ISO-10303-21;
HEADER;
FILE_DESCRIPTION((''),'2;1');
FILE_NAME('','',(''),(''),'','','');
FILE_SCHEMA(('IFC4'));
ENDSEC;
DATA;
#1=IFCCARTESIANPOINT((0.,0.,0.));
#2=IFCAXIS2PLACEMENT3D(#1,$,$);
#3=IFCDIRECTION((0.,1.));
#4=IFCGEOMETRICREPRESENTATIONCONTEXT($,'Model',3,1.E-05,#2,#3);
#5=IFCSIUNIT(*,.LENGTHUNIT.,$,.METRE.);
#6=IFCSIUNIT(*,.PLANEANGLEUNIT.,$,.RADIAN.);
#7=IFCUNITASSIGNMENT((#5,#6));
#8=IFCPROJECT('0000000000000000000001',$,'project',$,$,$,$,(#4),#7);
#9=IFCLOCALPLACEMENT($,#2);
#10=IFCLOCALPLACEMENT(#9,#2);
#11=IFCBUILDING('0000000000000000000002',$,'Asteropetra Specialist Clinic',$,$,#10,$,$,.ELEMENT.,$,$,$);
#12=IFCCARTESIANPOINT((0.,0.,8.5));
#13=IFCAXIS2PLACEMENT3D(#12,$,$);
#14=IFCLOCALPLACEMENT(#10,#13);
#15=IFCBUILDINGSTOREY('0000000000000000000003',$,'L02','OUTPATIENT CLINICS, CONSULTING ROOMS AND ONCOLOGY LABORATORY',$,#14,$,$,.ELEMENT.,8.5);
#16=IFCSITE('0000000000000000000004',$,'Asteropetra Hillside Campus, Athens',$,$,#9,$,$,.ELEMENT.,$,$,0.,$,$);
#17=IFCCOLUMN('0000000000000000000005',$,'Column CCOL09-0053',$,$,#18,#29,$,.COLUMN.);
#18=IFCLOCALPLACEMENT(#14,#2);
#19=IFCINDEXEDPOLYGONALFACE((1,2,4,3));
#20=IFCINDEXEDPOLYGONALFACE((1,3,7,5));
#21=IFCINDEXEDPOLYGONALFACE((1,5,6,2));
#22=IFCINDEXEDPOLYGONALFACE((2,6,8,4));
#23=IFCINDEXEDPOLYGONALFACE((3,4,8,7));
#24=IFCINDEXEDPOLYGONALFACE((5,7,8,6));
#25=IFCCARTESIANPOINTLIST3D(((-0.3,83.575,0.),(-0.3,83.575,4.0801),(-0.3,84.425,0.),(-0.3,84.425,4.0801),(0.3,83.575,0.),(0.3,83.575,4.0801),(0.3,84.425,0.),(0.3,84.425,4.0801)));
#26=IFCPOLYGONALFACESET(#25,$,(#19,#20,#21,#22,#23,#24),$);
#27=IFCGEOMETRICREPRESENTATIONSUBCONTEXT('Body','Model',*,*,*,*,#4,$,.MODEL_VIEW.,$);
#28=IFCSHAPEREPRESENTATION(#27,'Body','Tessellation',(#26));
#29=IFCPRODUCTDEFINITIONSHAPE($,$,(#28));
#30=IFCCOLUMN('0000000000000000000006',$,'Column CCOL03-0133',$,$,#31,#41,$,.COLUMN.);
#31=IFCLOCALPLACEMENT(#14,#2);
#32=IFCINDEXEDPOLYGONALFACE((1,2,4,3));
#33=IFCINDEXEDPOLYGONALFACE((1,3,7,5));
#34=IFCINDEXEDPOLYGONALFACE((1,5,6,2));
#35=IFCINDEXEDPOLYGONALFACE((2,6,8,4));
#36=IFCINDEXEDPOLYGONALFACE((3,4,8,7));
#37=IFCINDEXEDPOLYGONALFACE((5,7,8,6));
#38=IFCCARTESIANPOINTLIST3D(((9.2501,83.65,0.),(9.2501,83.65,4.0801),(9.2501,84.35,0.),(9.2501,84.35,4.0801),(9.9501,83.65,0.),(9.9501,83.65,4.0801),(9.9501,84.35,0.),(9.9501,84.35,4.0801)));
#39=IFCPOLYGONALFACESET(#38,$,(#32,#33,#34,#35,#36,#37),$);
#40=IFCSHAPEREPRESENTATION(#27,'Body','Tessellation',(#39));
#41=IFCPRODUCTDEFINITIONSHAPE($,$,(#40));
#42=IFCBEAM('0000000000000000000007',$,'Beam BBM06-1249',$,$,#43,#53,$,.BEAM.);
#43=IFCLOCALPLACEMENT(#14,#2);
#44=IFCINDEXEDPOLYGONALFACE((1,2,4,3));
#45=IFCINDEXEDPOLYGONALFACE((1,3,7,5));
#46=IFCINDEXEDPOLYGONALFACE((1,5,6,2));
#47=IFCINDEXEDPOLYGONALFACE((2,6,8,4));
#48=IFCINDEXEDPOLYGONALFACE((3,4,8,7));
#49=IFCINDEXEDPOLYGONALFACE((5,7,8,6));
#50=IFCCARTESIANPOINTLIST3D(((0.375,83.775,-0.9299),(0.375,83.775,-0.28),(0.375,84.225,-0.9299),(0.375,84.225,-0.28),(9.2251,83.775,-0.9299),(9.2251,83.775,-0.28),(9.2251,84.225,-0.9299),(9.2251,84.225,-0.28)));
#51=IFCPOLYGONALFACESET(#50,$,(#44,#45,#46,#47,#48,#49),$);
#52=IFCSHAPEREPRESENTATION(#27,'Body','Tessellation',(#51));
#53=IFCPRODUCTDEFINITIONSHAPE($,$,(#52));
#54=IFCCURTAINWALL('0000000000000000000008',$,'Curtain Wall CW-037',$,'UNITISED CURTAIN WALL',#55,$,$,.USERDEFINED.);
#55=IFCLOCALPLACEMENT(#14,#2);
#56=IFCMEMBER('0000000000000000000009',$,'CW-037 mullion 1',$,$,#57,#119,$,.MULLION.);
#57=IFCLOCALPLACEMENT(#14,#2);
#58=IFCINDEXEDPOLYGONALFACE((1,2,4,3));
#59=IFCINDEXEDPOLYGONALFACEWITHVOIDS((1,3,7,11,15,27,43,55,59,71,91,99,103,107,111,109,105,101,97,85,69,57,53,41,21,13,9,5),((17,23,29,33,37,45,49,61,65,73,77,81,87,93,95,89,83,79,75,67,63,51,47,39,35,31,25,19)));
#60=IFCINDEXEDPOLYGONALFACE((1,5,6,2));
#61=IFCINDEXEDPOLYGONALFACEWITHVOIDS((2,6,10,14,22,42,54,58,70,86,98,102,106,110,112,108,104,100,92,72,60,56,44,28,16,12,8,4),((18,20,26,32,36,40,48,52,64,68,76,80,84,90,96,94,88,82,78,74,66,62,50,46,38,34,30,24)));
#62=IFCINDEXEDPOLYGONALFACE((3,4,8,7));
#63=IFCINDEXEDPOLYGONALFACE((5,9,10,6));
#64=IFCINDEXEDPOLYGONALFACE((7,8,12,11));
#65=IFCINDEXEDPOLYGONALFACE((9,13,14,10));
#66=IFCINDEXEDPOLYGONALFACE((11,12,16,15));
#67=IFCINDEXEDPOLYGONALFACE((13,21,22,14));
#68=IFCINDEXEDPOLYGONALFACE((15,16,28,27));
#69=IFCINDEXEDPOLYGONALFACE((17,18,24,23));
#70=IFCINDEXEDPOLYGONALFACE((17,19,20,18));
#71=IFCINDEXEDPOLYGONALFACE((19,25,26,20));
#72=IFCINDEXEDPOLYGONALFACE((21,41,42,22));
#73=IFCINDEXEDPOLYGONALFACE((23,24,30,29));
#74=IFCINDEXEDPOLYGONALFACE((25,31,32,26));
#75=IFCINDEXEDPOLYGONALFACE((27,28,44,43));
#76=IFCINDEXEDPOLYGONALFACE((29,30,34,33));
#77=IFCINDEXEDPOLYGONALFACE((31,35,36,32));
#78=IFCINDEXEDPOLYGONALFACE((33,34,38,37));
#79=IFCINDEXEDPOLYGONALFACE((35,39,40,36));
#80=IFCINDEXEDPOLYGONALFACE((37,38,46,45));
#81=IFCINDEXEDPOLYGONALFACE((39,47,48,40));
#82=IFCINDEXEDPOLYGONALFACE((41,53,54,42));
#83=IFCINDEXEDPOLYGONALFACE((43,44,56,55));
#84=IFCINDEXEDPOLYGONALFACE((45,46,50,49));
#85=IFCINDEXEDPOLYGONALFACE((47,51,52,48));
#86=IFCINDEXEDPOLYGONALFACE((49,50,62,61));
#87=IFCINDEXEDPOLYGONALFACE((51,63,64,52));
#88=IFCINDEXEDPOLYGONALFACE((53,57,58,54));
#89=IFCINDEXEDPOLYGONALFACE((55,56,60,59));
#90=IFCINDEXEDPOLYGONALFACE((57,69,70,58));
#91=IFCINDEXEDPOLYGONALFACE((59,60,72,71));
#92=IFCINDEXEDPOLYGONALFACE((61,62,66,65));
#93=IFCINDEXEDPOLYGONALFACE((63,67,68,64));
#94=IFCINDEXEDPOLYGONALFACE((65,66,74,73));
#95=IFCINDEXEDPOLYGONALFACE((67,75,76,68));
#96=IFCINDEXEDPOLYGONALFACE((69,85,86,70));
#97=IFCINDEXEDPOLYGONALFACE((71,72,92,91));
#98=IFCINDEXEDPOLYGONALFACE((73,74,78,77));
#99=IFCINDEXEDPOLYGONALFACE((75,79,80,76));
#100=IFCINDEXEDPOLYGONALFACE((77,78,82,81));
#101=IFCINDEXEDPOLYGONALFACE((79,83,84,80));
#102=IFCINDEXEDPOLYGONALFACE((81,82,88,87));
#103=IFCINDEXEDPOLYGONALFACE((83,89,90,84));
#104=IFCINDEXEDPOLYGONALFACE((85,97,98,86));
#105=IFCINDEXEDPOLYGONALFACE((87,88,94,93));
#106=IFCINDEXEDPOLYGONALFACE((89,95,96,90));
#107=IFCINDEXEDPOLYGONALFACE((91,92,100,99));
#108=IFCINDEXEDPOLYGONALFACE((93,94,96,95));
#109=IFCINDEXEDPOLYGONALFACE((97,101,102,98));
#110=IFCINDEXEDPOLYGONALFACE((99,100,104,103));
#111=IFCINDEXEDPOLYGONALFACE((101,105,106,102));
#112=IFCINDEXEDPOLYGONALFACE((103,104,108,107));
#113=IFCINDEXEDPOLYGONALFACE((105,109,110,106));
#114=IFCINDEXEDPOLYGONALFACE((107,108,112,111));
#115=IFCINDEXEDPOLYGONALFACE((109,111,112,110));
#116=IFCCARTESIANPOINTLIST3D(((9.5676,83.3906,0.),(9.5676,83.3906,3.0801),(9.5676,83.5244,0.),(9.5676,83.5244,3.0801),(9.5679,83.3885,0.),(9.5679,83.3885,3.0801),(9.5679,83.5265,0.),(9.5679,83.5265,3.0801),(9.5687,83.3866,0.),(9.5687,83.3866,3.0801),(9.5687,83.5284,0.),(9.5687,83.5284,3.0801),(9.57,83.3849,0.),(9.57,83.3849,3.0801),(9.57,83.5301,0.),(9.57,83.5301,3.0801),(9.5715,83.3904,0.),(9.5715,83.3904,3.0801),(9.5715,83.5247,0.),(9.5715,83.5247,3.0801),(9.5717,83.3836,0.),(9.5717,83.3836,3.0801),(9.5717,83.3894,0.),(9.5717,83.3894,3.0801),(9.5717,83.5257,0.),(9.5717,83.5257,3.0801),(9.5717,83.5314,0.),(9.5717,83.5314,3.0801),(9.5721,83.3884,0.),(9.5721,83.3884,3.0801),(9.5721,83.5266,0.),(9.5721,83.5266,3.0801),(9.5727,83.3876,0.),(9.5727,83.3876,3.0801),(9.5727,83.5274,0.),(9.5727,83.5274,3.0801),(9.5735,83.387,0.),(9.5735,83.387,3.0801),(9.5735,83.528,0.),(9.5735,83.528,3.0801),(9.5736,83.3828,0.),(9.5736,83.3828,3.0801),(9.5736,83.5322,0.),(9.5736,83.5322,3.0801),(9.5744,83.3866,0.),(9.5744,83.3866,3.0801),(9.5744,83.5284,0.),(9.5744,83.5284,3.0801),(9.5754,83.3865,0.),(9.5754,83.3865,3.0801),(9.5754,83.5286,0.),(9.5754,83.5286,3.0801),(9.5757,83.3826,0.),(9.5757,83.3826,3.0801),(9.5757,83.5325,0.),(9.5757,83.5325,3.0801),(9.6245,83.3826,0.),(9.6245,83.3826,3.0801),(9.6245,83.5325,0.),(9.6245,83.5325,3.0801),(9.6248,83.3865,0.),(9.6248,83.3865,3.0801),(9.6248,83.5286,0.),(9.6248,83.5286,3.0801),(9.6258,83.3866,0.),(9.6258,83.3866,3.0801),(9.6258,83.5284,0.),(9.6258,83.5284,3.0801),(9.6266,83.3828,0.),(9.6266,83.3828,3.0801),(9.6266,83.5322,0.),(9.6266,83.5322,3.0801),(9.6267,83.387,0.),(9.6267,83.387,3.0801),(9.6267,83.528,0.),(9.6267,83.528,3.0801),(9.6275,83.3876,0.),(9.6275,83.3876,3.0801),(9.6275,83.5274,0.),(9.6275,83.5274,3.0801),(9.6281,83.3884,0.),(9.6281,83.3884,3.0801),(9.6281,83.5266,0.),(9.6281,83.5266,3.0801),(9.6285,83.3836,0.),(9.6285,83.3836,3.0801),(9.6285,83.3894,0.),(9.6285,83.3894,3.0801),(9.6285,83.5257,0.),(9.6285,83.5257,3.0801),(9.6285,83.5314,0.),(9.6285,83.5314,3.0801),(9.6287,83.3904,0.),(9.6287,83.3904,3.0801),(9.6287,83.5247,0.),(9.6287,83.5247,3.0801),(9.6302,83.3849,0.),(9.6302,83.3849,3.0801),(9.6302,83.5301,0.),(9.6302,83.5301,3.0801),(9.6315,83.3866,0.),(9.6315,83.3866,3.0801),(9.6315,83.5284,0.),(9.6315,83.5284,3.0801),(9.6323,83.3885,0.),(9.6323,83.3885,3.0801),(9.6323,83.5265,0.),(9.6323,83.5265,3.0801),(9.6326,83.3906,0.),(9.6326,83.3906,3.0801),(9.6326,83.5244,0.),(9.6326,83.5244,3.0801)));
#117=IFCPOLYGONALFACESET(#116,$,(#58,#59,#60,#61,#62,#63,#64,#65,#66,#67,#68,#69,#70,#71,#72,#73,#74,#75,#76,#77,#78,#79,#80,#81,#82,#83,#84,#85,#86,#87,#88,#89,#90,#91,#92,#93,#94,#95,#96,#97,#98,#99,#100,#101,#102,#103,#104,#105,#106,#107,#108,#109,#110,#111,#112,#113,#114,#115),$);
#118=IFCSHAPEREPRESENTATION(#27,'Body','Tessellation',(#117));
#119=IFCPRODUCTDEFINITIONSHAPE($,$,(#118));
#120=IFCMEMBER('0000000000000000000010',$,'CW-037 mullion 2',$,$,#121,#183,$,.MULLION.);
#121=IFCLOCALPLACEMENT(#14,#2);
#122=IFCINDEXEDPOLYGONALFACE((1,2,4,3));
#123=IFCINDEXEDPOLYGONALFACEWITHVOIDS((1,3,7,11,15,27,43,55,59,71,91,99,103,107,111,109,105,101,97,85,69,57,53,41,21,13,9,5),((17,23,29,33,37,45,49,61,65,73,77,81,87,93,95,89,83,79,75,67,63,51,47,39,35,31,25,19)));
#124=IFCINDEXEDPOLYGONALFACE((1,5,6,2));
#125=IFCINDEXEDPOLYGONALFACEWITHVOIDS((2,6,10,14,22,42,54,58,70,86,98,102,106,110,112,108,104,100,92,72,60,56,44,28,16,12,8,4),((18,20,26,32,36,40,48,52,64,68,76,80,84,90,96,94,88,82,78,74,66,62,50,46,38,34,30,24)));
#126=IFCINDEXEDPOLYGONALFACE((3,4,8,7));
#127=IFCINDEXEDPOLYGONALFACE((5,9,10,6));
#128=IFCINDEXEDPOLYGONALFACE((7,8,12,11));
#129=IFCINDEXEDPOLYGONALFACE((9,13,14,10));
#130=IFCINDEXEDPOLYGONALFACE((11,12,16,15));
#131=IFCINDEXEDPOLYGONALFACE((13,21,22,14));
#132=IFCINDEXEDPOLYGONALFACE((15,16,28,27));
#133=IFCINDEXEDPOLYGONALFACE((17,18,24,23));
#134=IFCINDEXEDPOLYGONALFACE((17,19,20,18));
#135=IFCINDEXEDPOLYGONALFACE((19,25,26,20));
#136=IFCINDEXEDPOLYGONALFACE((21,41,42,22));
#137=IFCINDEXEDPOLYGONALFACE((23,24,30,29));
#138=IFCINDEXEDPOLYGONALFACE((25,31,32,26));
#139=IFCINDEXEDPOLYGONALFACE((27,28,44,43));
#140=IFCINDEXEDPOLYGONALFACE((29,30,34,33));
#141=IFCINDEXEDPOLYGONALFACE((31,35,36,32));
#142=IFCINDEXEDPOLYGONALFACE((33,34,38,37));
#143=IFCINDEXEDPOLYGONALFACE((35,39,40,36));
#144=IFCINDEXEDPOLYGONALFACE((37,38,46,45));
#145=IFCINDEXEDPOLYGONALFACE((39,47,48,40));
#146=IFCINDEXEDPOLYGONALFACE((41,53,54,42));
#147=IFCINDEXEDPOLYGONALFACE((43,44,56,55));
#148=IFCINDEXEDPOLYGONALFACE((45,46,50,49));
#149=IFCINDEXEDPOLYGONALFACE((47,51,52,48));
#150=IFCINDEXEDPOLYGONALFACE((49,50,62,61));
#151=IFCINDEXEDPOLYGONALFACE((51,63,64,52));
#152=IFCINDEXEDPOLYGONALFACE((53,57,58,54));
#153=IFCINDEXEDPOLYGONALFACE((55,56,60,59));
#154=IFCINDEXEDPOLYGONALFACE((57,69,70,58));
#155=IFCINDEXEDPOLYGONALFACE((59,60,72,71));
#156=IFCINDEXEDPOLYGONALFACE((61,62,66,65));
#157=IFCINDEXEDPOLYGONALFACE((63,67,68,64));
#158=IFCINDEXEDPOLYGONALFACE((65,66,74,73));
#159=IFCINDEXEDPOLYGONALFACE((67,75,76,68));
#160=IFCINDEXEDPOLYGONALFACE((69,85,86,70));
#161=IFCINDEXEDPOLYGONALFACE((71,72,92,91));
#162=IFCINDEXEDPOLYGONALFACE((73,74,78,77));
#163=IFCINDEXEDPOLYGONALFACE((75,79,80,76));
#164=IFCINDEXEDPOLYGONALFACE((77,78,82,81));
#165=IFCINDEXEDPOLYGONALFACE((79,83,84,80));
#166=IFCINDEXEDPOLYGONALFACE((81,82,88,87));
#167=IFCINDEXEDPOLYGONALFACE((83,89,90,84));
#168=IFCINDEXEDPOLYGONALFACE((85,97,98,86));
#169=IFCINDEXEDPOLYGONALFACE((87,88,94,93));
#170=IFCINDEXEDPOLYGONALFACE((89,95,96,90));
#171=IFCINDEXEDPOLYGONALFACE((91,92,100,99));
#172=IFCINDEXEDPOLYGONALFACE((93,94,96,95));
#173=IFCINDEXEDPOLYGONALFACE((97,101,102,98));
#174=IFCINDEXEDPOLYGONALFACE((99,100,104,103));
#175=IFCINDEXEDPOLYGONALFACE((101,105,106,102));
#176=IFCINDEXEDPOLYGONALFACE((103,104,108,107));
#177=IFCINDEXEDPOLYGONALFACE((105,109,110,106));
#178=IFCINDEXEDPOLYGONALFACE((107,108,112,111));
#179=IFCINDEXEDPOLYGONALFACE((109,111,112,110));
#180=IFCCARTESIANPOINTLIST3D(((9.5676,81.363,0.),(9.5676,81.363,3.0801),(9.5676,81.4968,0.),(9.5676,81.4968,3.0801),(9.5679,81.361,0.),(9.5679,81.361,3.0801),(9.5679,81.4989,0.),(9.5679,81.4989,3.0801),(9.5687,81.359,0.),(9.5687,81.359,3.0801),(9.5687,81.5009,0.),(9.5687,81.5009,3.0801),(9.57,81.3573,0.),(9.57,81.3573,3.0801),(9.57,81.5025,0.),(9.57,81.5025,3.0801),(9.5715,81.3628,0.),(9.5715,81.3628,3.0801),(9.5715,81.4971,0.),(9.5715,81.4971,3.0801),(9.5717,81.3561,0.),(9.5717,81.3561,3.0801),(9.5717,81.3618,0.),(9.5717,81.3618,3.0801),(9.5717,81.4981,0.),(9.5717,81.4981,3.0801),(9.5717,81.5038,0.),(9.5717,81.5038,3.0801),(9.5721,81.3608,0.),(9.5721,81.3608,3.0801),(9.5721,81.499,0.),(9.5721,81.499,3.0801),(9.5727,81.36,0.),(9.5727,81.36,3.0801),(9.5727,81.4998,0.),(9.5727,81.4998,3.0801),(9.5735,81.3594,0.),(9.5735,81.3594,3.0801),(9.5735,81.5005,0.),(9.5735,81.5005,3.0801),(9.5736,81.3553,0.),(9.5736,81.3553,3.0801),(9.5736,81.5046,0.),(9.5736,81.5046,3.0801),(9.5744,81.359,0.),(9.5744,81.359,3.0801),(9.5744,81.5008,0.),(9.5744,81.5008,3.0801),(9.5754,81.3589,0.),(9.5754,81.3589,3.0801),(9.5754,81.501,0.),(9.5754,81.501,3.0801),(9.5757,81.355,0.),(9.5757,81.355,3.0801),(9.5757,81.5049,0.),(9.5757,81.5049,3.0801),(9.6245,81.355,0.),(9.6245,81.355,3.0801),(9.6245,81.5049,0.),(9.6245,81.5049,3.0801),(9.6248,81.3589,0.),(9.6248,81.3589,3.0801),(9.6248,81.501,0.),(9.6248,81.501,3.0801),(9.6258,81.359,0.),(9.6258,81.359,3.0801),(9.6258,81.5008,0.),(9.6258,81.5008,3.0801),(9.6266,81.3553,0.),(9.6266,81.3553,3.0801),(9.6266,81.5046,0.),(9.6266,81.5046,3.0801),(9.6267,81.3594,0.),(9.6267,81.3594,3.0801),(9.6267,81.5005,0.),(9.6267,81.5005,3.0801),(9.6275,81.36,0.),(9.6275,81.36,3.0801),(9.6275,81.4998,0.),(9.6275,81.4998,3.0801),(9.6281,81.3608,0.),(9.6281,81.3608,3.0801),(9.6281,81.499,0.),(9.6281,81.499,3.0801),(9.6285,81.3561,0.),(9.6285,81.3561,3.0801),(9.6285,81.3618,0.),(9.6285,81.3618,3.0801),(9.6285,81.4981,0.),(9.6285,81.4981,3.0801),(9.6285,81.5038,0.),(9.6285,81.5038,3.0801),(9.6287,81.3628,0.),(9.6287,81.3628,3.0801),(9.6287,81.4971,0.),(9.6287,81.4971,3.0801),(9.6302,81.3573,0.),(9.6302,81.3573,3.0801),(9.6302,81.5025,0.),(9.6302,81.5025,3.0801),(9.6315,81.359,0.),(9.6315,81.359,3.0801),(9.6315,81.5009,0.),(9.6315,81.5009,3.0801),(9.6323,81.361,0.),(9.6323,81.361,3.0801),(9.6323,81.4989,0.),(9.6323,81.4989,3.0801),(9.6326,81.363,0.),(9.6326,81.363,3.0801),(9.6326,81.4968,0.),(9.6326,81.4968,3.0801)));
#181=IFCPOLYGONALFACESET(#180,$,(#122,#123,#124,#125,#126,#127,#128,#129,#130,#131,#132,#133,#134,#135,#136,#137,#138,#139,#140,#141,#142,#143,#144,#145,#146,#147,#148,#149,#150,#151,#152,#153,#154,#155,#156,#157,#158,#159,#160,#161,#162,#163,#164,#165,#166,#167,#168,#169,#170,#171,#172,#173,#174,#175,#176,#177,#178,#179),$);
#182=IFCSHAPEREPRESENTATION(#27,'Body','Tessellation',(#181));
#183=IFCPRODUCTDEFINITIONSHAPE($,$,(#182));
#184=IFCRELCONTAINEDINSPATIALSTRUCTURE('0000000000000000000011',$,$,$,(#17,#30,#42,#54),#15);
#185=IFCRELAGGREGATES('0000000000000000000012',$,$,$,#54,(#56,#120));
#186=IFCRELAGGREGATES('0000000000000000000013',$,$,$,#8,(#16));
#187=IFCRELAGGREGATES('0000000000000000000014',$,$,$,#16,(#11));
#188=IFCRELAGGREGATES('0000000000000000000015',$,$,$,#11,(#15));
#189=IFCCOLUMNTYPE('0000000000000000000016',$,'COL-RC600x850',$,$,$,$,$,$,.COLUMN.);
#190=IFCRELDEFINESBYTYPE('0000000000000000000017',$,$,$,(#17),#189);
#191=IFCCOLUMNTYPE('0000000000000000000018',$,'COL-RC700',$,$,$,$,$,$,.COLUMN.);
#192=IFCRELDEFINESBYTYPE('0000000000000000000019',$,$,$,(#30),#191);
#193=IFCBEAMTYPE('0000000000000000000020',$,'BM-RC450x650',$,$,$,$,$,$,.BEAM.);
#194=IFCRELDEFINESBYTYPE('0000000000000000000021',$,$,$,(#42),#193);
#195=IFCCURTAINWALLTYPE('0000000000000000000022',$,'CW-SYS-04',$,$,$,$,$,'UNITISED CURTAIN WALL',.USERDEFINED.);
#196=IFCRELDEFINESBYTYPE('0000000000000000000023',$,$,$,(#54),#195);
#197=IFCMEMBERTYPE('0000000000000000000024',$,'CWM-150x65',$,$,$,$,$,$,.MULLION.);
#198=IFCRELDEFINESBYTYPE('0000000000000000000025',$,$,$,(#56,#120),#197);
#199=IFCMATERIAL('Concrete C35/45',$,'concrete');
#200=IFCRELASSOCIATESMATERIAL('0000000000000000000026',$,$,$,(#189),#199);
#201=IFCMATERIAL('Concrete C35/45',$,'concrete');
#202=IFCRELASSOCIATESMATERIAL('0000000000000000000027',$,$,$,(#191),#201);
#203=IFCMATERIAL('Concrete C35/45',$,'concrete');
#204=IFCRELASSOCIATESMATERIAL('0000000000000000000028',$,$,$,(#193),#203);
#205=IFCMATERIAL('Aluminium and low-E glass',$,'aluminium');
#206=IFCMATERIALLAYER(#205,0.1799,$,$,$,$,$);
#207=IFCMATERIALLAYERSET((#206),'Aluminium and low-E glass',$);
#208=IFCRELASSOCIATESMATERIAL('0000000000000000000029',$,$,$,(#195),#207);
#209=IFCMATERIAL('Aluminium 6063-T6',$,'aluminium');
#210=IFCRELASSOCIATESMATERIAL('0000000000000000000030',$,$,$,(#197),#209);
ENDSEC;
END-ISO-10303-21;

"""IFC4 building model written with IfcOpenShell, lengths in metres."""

from ifc_helpers import new_model, si_unit, direction, frame, origin, origin_2d, place, context, subcontext, project, spatial, rectangle, hollow_rectangle, extrude, material, layer, layer_set, material_profile, profile_set, type_object, element, aggregate, save


model = new_model("IFC4")

# Units and contexts
model_context = context("Model", 3, precision=1e-05, world=origin(), true_north=direction((0.0, 1.0)))
body_context = subcontext(model_context, "Body", "Model", "MODEL_VIEW")
ifc_project = project(units=[si_unit("LENGTHUNIT", "METRE"), si_unit("PLANEANGLEUNIT", "RADIAN")], contexts=[model_context])

# Site, building, storey
site_placement = place(None, origin())
site = spatial("IfcSite", under=ifc_project, at=site_placement, Name="Asteropetra Hillside Campus, Athens", CompositionType="ELEMENT", RefElevation=0.0)
building_placement = place(site_placement, origin())
building = spatial("IfcBuilding", under=site, at=building_placement, Name="Asteropetra Specialist Clinic", CompositionType="ELEMENT")
storey_placement = place(building_placement, frame((0.0, 0.0, 8.5)))
storey = spatial("IfcBuildingStorey", under=building, at=storey_placement, Name="L02", Description="OUTPATIENT CLINICS, CONSULTING ROOMS AND ONCOLOGY LABORATORY", CompositionType="ELEMENT", Elevation=8.5)

# Columns
ifc_material_1 = material(Name="Concrete C35/45", Category="concrete")
ifc_material_profile_1 = material_profile(ifc_material_1, rectangle(XDim=0.6001, YDim=0.8501, at=origin_2d()), Name="RC 600x850")
ifc_profile_set_1 = profile_set([ifc_material_profile_1], Name="Concrete C35/45")
column_type_1 = type_object("IfcColumnType", Name="COL-RC600x850", PredefinedType="COLUMN", material=ifc_profile_set_1)
column_1_placement = place(storey_placement, frame((0.0, 84.0, 0.0), z_axis=(0.0, 0.0, 1.0), x_axis=(1.0, 0.0, 0.0)))
element("IfcColumn", 1, at=column_1_placement, inside=storey, type_object=column_type_1, Name="Column CCOL09-0053", PredefinedType="COLUMN", context=body_context, shape_type="SweptSolid", body=[
    extrude(rectangle(XDim=0.6001, YDim=0.8501, at=origin_2d()), origin(), (0.0, 0.0, 1.0), 4.0801),
])
ifc_material_2 = material(Name="Concrete C35/45", Category="concrete")
ifc_material_profile_2 = material_profile(ifc_material_2, rectangle(XDim=0.7, YDim=0.7, at=origin_2d()), Name="RC 700x700")
ifc_profile_set_2 = profile_set([ifc_material_profile_2], Name="Concrete C35/45")
column_type_2 = type_object("IfcColumnType", Name="COL-RC700", PredefinedType="COLUMN", material=ifc_profile_set_2)
column_2_placement = place(storey_placement, frame((9.6001, 84.0, 0.0), z_axis=(0.0, 0.0, 1.0), x_axis=(1.0, 0.0, 0.0)))
element("IfcColumn", 2, at=column_2_placement, inside=storey, type_object=column_type_2, Name="Column CCOL03-0133", PredefinedType="COLUMN", context=body_context, shape_type="SweptSolid", body=[
    extrude(rectangle(XDim=0.7, YDim=0.7, at=origin_2d()), origin(), (0.0, 0.0, 1.0), 4.0801),
])

# Beam
ifc_material_3 = material(Name="Concrete C35/45", Category="concrete")
ifc_material_profile_3 = material_profile(ifc_material_3, rectangle(XDim=0.45, YDim=0.6499, at=origin_2d()), Name="RCB 450x650")
ifc_profile_set_3 = profile_set([ifc_material_profile_3], Name="Concrete C35/45")
beam_type_1 = type_object("IfcBeamType", Name="BM-RC450x650", PredefinedType="BEAM", material=ifc_profile_set_3)
beam_1_placement = place(storey_placement, frame((0.375, 84.0, -0.605), z_axis=(1.0, 0.0, 0.0), x_axis=(0.0, 1.0, 0.0)))
element("IfcBeam", 3, at=beam_1_placement, inside=storey, type_object=beam_type_1, Name="Beam BBM06-1249", PredefinedType="BEAM", context=body_context, shape_type="SweptSolid", body=[
    extrude(rectangle(XDim=0.45, YDim=0.6499, at=origin_2d()), origin(), (0.0, 0.0, 1.0), 8.8501),
])

# Curtain wall, members
ifc_material_4 = material(Name="Aluminium and low-E glass", Category="aluminium")
ifc_layer_1 = layer(ifc_material_4, 0.1799)
ifc_layer_set_1 = layer_set([ifc_layer_1], Name="Aluminium and low-E glass")
curtain_wall_type_1 = type_object("IfcCurtainWallType", Name="CW-SYS-04", ElementType="UNITISED CURTAIN WALL", PredefinedType="USERDEFINED", material=ifc_layer_set_1)
curtain_wall_1_placement = place(storey_placement, origin())
curtain_wall_1 = element("IfcCurtainWall", 4, at=curtain_wall_1_placement, inside=storey, type_object=curtain_wall_type_1, Name="Curtain Wall CW-037", ObjectType="UNITISED CURTAIN WALL", PredefinedType="USERDEFINED")
ifc_material_5 = material(Name="Aluminium 6063-T6", Category="aluminium")
ifc_material_profile_4 = material_profile(ifc_material_5, hollow_rectangle(XDim=0.0649, YDim=0.1499, WallThickness=0.0039, InnerFilletRadius=0.0039, OuterFilletRadius=0.0081, at=origin_2d()), Name="MUL 150x65x4.0")
ifc_profile_set_4 = profile_set([ifc_material_profile_4], Name="Aluminium 6063-T6")
member_type_1 = type_object("IfcMemberType", Name="CWM-150x65", PredefinedType="MULLION", material=ifc_profile_set_4)
member_1_placement = place(storey_placement, frame((9.6001, 83.4575, 0.0), z_axis=(0.0, 0.0, 1.0), x_axis=(1.0, 0.0, 0.0)))
member_1 = element("IfcMember", 5, at=member_1_placement, type_object=member_type_1, Name="CW-037 mullion 1", PredefinedType="MULLION", context=body_context, shape_type="SweptSolid", body=[
    extrude(hollow_rectangle(XDim=0.0649, YDim=0.1499, WallThickness=0.0039, InnerFilletRadius=0.0039, OuterFilletRadius=0.0081, at=origin_2d()), origin(), (0.0, 0.0, 1.0), 3.0801),
])
member_2_placement = place(storey_placement, frame((9.6001, 81.4299, 0.0), z_axis=(0.0, 0.0, 1.0), x_axis=(1.0, 0.0, 0.0)))
member_2 = element("IfcMember", 6, at=member_2_placement, type_object=member_type_1, Name="CW-037 mullion 2", PredefinedType="MULLION", context=body_context, shape_type="SweptSolid", body=[
    extrude(hollow_rectangle(XDim=0.0649, YDim=0.1499, WallThickness=0.0039, InnerFilletRadius=0.0039, OuterFilletRadius=0.0081, at=origin_2d()), origin(), (0.0, 0.0, 1.0), 3.0801),
])

aggregate(curtain_wall_1, [member_1, member_2])

save(model, "model.ifc")
